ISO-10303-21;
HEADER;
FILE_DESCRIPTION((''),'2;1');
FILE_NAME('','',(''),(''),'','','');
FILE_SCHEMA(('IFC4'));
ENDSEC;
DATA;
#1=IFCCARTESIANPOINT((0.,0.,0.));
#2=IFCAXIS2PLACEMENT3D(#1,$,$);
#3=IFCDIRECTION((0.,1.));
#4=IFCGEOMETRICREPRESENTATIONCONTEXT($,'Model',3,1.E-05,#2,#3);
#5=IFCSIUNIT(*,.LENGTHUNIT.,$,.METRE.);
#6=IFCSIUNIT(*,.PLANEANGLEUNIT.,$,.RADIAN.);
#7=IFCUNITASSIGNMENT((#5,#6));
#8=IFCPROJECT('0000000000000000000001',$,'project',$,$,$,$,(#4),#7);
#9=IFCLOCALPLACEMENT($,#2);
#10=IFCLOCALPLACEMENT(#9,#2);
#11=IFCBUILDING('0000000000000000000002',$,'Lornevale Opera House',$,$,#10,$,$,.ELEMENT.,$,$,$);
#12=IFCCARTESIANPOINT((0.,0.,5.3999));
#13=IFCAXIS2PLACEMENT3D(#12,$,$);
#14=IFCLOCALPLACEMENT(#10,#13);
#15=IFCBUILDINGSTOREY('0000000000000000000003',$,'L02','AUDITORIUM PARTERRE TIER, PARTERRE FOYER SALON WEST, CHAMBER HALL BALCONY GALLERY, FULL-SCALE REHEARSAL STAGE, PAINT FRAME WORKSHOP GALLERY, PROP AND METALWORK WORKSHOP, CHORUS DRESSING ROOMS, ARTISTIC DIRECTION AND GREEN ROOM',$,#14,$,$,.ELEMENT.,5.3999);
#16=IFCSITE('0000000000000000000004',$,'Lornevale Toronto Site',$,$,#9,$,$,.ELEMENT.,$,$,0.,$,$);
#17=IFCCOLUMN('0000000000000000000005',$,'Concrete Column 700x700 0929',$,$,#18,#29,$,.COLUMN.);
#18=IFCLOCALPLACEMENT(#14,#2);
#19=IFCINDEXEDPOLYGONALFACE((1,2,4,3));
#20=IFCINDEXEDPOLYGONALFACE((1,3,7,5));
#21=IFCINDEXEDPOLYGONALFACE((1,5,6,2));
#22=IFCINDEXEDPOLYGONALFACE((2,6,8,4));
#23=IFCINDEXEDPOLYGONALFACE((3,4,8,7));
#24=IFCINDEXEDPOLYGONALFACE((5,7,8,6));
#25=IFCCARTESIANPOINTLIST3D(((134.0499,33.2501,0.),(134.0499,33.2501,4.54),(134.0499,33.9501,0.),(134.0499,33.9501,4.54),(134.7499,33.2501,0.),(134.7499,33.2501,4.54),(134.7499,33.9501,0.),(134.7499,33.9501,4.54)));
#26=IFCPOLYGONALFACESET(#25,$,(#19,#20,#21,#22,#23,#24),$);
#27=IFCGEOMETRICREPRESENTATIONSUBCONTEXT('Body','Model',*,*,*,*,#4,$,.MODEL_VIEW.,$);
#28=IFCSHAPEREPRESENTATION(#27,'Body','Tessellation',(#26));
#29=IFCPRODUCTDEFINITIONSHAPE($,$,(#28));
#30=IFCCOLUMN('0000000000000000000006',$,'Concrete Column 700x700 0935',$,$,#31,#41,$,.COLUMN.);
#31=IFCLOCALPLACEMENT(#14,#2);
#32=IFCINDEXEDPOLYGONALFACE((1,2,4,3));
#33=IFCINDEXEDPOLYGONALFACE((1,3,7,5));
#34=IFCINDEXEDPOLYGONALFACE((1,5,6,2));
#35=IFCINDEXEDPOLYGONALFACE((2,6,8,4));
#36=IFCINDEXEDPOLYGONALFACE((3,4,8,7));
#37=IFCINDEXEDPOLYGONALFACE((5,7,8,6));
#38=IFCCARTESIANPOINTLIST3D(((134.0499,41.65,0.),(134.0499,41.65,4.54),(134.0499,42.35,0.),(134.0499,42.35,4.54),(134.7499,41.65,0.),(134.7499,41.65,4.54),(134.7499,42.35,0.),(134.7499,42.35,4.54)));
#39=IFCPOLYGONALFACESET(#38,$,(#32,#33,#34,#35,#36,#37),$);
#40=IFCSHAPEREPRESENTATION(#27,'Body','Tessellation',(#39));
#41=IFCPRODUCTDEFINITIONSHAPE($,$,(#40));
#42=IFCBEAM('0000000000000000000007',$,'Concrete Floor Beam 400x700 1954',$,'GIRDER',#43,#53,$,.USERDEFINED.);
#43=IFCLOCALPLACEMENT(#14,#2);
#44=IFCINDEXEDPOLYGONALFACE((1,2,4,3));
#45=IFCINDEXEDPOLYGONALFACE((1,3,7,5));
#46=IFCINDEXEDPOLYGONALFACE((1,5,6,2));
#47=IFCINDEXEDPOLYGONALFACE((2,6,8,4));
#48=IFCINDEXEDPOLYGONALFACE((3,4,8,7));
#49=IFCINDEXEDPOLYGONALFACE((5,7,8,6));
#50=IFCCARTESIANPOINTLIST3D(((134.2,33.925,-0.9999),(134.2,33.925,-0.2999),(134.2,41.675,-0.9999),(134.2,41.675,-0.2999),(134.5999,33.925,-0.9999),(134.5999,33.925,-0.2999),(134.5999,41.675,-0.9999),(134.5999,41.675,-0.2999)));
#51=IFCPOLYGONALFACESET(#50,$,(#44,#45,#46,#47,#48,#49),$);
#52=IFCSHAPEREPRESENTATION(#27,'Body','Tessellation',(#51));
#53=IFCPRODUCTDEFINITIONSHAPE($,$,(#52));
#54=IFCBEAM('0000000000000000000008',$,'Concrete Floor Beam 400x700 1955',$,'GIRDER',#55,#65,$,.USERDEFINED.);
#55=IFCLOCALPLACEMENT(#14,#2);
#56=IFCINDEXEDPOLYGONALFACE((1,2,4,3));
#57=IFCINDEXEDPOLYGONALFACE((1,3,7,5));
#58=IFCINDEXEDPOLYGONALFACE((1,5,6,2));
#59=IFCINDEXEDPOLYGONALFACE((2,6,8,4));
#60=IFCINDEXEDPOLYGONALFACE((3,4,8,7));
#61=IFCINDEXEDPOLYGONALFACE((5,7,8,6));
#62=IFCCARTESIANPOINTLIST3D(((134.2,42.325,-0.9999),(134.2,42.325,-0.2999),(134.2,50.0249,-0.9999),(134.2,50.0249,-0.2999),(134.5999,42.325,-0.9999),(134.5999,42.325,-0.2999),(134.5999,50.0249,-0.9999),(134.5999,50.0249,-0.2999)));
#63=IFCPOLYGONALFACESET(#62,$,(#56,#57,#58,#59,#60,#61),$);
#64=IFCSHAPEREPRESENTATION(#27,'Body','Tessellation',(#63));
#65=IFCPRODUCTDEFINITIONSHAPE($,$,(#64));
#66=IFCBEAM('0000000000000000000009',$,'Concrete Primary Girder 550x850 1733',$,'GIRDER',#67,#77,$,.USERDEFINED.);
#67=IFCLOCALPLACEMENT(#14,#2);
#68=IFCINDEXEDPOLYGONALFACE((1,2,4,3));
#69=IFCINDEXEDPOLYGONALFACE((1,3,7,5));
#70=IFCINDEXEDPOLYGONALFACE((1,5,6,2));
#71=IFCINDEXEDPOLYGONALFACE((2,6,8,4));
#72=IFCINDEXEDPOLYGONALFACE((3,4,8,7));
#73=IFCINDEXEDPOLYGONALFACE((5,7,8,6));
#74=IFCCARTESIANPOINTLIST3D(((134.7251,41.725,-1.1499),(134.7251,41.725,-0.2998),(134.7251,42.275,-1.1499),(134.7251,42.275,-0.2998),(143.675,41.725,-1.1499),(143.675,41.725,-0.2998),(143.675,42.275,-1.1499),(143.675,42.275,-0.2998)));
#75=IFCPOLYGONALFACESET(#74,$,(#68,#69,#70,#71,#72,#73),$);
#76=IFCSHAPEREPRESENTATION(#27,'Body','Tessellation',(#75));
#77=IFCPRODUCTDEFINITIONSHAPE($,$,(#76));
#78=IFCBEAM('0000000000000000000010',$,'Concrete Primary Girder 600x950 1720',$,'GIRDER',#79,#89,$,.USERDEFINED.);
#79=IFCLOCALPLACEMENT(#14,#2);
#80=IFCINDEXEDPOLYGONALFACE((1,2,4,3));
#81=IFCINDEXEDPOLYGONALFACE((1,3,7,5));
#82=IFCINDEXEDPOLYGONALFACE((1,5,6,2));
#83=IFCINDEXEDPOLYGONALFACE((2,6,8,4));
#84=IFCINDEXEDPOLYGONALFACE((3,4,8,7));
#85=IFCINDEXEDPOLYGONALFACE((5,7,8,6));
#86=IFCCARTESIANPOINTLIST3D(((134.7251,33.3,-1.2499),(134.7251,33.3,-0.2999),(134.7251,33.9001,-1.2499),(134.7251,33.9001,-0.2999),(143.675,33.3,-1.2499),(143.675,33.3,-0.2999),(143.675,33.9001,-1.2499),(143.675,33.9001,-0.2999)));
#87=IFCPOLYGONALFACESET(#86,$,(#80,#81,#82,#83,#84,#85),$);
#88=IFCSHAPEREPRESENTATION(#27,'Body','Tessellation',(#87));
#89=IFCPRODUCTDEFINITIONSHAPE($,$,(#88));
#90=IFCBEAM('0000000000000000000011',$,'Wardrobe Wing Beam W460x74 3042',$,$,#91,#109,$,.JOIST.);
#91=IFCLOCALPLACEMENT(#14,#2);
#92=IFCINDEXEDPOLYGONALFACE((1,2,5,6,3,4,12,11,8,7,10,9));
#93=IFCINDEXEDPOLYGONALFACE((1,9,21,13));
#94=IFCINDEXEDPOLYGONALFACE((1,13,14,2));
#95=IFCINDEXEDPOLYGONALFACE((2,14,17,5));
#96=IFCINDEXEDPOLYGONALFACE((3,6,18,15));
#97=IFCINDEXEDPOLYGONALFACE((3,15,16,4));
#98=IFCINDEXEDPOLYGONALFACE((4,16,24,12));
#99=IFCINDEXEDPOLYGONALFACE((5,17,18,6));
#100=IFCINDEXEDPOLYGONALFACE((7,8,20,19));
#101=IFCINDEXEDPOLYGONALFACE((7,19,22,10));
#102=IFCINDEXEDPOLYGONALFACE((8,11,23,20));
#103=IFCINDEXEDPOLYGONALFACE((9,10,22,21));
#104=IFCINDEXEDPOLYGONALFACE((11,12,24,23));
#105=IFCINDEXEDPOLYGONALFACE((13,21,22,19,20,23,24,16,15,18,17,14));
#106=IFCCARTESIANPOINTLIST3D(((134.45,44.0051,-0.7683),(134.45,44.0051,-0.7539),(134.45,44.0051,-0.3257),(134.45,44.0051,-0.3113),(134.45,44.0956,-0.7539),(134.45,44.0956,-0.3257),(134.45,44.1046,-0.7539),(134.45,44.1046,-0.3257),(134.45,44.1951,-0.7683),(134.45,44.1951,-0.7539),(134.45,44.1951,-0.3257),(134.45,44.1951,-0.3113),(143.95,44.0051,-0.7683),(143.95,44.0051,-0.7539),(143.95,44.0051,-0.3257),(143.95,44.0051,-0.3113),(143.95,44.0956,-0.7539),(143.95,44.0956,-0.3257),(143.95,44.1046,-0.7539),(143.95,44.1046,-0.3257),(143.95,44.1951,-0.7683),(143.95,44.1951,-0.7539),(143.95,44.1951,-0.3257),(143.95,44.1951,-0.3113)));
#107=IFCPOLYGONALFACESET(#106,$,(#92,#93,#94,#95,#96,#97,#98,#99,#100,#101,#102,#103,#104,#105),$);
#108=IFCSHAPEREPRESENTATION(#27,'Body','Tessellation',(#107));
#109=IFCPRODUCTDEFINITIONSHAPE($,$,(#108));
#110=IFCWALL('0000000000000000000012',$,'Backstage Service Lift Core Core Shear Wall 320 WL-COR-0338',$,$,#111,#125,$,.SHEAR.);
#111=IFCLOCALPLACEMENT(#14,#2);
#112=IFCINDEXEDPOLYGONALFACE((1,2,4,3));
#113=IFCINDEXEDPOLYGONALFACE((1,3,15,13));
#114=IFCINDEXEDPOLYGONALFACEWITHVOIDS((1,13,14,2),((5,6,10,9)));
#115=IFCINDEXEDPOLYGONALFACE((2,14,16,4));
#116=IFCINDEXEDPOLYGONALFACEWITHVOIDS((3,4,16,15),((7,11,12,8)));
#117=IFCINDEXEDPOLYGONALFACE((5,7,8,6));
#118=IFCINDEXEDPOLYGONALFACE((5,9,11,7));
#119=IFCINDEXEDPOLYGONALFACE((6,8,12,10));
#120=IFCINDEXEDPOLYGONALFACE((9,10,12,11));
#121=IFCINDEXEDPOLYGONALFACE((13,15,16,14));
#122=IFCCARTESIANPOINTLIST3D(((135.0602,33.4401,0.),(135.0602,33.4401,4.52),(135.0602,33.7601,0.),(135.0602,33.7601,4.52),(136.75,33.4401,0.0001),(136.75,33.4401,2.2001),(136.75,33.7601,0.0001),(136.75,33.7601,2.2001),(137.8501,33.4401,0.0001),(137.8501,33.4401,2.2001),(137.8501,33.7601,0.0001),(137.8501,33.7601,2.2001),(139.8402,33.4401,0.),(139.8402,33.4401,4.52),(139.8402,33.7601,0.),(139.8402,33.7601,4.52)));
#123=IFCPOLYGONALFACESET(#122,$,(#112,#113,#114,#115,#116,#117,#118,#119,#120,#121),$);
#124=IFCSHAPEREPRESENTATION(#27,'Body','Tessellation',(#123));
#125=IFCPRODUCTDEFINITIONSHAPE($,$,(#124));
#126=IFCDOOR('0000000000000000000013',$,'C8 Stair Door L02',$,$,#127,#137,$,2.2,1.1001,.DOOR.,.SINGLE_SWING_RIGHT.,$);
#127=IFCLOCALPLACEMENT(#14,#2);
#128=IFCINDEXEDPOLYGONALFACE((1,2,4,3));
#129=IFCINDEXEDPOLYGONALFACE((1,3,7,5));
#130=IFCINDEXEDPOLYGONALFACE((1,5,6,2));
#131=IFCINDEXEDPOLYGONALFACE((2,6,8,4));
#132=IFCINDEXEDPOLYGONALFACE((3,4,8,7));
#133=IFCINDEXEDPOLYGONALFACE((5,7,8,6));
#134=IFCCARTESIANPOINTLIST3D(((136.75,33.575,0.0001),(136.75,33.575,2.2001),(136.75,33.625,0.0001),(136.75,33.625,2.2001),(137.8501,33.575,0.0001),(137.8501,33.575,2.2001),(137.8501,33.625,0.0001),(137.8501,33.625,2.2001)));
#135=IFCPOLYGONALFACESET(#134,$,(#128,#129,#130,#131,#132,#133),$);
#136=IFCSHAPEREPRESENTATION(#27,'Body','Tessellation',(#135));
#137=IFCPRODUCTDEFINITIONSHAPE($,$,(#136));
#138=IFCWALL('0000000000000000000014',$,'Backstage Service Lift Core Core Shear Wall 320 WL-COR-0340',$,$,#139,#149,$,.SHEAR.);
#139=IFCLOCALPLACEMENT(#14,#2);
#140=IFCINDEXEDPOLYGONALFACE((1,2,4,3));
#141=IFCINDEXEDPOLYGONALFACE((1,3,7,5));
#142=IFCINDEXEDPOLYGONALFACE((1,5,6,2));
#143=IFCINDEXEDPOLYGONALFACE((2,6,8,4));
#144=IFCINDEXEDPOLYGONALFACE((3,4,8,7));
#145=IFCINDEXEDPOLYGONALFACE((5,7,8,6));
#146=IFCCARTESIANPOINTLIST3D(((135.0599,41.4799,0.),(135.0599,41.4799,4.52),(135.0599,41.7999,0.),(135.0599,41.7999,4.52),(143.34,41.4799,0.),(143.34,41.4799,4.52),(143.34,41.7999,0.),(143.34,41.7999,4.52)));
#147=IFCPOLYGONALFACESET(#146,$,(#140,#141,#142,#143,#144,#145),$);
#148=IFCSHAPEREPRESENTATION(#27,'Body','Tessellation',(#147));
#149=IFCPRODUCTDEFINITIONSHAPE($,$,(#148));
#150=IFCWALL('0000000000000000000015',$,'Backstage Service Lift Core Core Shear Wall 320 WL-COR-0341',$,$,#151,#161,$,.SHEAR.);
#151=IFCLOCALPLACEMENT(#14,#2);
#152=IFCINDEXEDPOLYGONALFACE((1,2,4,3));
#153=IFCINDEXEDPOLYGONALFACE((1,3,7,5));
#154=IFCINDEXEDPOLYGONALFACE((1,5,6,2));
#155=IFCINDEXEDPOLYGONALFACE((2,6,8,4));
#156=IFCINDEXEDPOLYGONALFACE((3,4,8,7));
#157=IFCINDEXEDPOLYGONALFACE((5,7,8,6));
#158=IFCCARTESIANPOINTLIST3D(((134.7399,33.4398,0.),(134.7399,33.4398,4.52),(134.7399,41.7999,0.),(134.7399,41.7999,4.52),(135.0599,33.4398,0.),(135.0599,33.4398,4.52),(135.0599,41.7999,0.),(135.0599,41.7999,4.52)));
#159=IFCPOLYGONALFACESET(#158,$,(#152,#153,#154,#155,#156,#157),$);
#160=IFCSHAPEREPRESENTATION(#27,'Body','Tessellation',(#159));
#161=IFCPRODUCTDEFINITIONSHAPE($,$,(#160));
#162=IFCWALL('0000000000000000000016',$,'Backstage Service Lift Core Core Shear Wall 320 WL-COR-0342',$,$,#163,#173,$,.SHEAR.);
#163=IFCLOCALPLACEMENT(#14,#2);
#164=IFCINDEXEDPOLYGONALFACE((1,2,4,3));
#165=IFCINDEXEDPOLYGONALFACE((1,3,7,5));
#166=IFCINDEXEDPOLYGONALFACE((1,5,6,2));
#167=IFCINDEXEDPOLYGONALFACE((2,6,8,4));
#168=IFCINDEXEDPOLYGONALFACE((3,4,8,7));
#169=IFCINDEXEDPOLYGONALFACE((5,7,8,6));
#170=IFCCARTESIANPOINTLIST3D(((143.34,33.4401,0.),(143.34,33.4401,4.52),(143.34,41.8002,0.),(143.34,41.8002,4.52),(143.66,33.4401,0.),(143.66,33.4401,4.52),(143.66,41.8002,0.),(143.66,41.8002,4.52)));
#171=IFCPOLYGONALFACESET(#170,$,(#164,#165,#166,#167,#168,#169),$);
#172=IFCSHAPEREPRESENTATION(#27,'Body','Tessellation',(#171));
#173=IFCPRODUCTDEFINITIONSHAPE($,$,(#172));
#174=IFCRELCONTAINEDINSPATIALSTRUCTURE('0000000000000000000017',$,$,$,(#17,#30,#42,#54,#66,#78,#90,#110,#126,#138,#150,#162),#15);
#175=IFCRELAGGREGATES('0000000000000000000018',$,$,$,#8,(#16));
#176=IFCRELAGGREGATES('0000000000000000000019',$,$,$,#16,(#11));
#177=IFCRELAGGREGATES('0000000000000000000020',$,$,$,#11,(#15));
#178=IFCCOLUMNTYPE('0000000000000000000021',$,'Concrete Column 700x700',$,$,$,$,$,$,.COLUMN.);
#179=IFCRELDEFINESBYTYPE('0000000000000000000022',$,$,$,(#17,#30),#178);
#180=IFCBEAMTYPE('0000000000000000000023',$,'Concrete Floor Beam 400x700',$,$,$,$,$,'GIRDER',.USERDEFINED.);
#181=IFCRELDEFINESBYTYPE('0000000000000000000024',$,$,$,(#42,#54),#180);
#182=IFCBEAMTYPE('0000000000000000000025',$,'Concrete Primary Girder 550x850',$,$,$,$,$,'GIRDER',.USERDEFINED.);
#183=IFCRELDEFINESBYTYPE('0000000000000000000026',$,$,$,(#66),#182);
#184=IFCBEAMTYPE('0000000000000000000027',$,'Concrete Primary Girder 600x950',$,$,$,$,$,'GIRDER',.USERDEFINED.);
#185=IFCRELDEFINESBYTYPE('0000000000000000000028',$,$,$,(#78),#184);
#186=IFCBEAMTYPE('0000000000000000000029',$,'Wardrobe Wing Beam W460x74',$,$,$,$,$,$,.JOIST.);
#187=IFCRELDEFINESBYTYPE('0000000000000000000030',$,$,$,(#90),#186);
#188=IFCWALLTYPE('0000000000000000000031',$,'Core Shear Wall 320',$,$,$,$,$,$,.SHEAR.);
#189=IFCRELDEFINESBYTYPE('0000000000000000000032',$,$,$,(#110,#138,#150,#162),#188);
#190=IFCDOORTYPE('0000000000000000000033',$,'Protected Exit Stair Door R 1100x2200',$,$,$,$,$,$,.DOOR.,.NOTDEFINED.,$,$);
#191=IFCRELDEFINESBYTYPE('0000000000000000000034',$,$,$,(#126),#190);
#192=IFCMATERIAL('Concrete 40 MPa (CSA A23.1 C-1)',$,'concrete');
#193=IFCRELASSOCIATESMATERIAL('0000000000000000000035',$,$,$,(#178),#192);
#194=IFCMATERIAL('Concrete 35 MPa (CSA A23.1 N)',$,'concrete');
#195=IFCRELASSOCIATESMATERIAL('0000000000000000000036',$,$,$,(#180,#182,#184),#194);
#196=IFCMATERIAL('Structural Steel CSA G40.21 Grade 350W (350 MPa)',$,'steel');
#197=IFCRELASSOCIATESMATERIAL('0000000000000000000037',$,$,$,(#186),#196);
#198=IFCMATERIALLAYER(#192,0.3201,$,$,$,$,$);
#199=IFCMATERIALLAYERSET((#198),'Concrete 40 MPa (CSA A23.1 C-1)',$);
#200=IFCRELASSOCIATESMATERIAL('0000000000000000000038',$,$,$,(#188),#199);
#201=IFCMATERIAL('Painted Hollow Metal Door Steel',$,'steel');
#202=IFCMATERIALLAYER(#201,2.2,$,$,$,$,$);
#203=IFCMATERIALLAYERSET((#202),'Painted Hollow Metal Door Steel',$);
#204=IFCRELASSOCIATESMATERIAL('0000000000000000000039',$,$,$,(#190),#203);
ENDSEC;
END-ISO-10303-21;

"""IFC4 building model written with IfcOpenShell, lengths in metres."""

from ifc_helpers import new_model, si_unit, direction, frame, frame_2d, origin, origin_2d, place, context, subcontext, project, spatial, rectangle, i_section, extrude, material, layer, layer_set, material_profile, profile_set, type_object, element, fill, save


model = new_model("IFC4")

# Units and contexts
model_context = context("Model", 3, precision=1e-05, world=origin(), true_north=direction((0.0, 1.0)))
body_context = subcontext(model_context, "Body", "Model", "MODEL_VIEW")
ifc_project = project(units=[si_unit("LENGTHUNIT", "METRE"), si_unit("PLANEANGLEUNIT", "RADIAN")], contexts=[model_context])

# Site, building, storey
site_placement = place(None, origin())
site = spatial("IfcSite", under=ifc_project, at=site_placement, Name="Lornevale Toronto Site", CompositionType="ELEMENT", RefElevation=0.0)
building_placement = place(site_placement, origin())
building = spatial("IfcBuilding", under=site, at=building_placement, Name="Lornevale Opera House", CompositionType="ELEMENT")
storey_placement = place(building_placement, frame((0.0, 0.0, 5.3999)))
storey = spatial("IfcBuildingStorey", under=building, at=storey_placement, Name="L02", Description="AUDITORIUM PARTERRE TIER, PARTERRE FOYER SALON WEST, CHAMBER HALL BALCONY GALLERY, FULL-SCALE REHEARSAL STAGE, PAINT FRAME WORKSHOP GALLERY, PROP AND METALWORK WORKSHOP, CHORUS DRESSING ROOMS, ARTISTIC DIRECTION AND GREEN ROOM", CompositionType="ELEMENT", Elevation=5.3999)

# Columns
ifc_material_1 = material(Name="Concrete 40 MPa (CSA A23.1 C-1)", Category="concrete")
ifc_material_profile_1 = material_profile(ifc_material_1, rectangle(XDim=0.7, YDim=0.7, at=origin_2d()), Name="RC700x700")
ifc_profile_set_1 = profile_set([ifc_material_profile_1], Name="Concrete 40 MPa (CSA A23.1 C-1)")
column_type = type_object("IfcColumnType", Name="Concrete Column 700x700", PredefinedType="COLUMN", material=ifc_profile_set_1)
for number, where, z_axis, x_axis, name in (
    (1, (134.3999, 33.6001, 0.0), (0.0, 0.0, 1.0), (1.0, 0.0, 0.0), "Concrete Column 700x700 0929"),
    (2, (134.3999, 42.0, 0.0), (0.0, 0.0, 1.0), (1.0, 0.0, 0.0), "Concrete Column 700x700 0935"),
):
    element("IfcColumn", number, at=place(storey_placement, frame(where, z_axis=z_axis, x_axis=x_axis)), inside=storey, type_object=column_type, Name=name, PredefinedType="COLUMN", context=body_context, shape_type="SweptSolid", body=[
        extrude(rectangle(XDim=0.7, YDim=0.7, at=origin_2d()), origin(), (0.0, 0.0, 1.0), 4.54),
    ])

# Beams
ifc_material_2 = material(Name="Concrete 35 MPa (CSA A23.1 N)", Category="concrete")
ifc_material_profile_2 = material_profile(ifc_material_2, rectangle(XDim=0.3999, YDim=0.7, at=origin_2d()), Name="RC400x700")
ifc_profile_set_2 = profile_set([ifc_material_profile_2], Name="Concrete 35 MPa (CSA A23.1 N)")
beam_type_1 = type_object("IfcBeamType", Name="Concrete Floor Beam 400x700", ElementType="GIRDER", PredefinedType="USERDEFINED", material=ifc_profile_set_2)
beam_1_placement = place(storey_placement, frame((134.3999, 33.925, -0.6499), z_axis=(0.0, 1.0, 0.0), x_axis=(-1.0, 0.0, 0.0)))
element("IfcBeam", 3, at=beam_1_placement, inside=storey, type_object=beam_type_1, Name="Concrete Floor Beam 400x700 1954", ObjectType="GIRDER", PredefinedType="USERDEFINED", context=body_context, shape_type="SweptSolid", body=[
    extrude(rectangle(XDim=0.3999, YDim=0.7, at=origin_2d()), origin(), (0.0, 0.0, 1.0), 7.75),
])
beam_2_placement = place(storey_placement, frame((134.3999, 42.325, -0.6499), z_axis=(0.0, 1.0, 0.0), x_axis=(-1.0, 0.0, 0.0)))
element("IfcBeam", 4, at=beam_2_placement, inside=storey, type_object=beam_type_1, Name="Concrete Floor Beam 400x700 1955", ObjectType="GIRDER", PredefinedType="USERDEFINED", context=body_context, shape_type="SweptSolid", body=[
    extrude(rectangle(XDim=0.3999, YDim=0.7, at=origin_2d()), origin(), (0.0, 0.0, 1.0), 7.7),
])
ifc_material_profile_3 = material_profile(ifc_material_2, rectangle(XDim=0.55, YDim=0.8501, at=origin_2d()), Name="RC550x850")
ifc_profile_set_3 = profile_set([ifc_material_profile_3], Name="Concrete 35 MPa (CSA A23.1 N)")
beam_type_2 = type_object("IfcBeamType", Name="Concrete Primary Girder 550x850", ElementType="GIRDER", PredefinedType="USERDEFINED", material=ifc_profile_set_3)
beam_3_placement = place(storey_placement, frame((134.7251, 42.0, -0.7249), z_axis=(1.0, 0.0, 0.0), x_axis=(0.0, 1.0, 0.0)))
element("IfcBeam", 5, at=beam_3_placement, inside=storey, type_object=beam_type_2, Name="Concrete Primary Girder 550x850 1733", ObjectType="GIRDER", PredefinedType="USERDEFINED", context=body_context, shape_type="SweptSolid", body=[
    extrude(rectangle(XDim=0.55, YDim=0.8501, at=origin_2d()), origin(), (0.0, 0.0, 1.0), 8.95),
])
ifc_material_profile_4 = material_profile(ifc_material_2, rectangle(XDim=0.6001, YDim=0.95, at=origin_2d()), Name="RC600x950")
ifc_profile_set_4 = profile_set([ifc_material_profile_4], Name="Concrete 35 MPa (CSA A23.1 N)")
beam_type_3 = type_object("IfcBeamType", Name="Concrete Primary Girder 600x950", ElementType="GIRDER", PredefinedType="USERDEFINED", material=ifc_profile_set_4)
beam_4_placement = place(storey_placement, frame((134.7251, 33.6001, -0.7749), z_axis=(1.0, 0.0, 0.0), x_axis=(0.0, 1.0, 0.0)))
element("IfcBeam", 6, at=beam_4_placement, inside=storey, type_object=beam_type_3, Name="Concrete Primary Girder 600x950 1720", ObjectType="GIRDER", PredefinedType="USERDEFINED", context=body_context, shape_type="SweptSolid", body=[
    extrude(rectangle(XDim=0.6001, YDim=0.95, at=origin_2d()), origin(), (0.0, 0.0, 1.0), 8.95),
])
ifc_material_3 = material(Name="Structural Steel CSA G40.21 Grade 350W (350 MPa)", Category="steel")
ifc_material_profile_5 = material_profile(ifc_material_3, i_section(OverallWidth=0.1899, OverallDepth=0.457, WebThickness=0.009, FlangeThickness=0.0144, at=origin_2d()), Name="W460x74")
ifc_profile_set_5 = profile_set([ifc_material_profile_5], Name="Structural Steel CSA G40.21 Grade 350W (350 MPa)")
beam_type_4 = type_object("IfcBeamType", Name="Wardrobe Wing Beam W460x74", PredefinedType="JOIST", material=ifc_profile_set_5)
beam_5_placement = place(storey_placement, frame((134.45, 44.1001, -0.5398), z_axis=(1.0, 0.0, 0.0), x_axis=(0.0, 1.0, 0.0)))
element("IfcBeam", 7, at=beam_5_placement, inside=storey, type_object=beam_type_4, Name="Wardrobe Wing Beam W460x74 3042", PredefinedType="JOIST", context=body_context, shape_type="SweptSolid", body=[
    extrude(i_section(OverallWidth=0.1899, OverallDepth=0.457, WebThickness=0.009, FlangeThickness=0.0144, at=origin_2d()), origin(), (0.0, 0.0, 1.0), 9.5),
])

# Wall, opening, door
ifc_layer_1 = layer(ifc_material_1, 0.3201)
ifc_layer_set_1 = layer_set([ifc_layer_1], Name="Concrete 40 MPa (CSA A23.1 C-1)")
wall_type_1 = type_object("IfcWallType", Name="Core Shear Wall 320", PredefinedType="SHEAR", material=ifc_layer_set_1)
wall_1_placement = place(storey_placement, frame((135.0601, 33.6001, 0.0), z_axis=(0.0, 0.0, 1.0), x_axis=(1.0, 0.0, 0.0)))
wall_1 = element("IfcWall", 8, at=wall_1_placement, inside=storey, type_object=wall_type_1, Name="Backstage Service Lift Core Core Shear Wall 320 WL-COR-0338", PredefinedType="SHEAR", context=body_context, shape_type="SweptSolid", body=[
    extrude(rectangle(XDim=4.78, YDim=0.3201, at=frame_2d((2.3901, 0.0))), origin(), (0.0, 0.0, 1.0), 4.52),
])
opening_1_placement = place(wall_1_placement, frame((1.6899, 0.0, 0.0)))
opening_1 = element("IfcOpeningElement", 9, at=opening_1_placement, cuts=wall_1, PredefinedType="OPENING", context=body_context, shape_type="SweptSolid", body=[
    extrude(rectangle(XDim=1.1001, YDim=2.2, at=frame_2d((0.55, 1.1001))), frame((0.0, 0.1699, 0.0), z_axis=(0.0, -1.0, 0.0), x_axis=(1.0, 0.0, 0.0)), (0.0, 0.0, 1.0), 0.3401),
])
ifc_material_4 = material(Name="Painted Hollow Metal Door Steel", Category="steel")
ifc_layer_2 = layer(ifc_material_4, 2.2)
ifc_layer_set_2 = layer_set([ifc_layer_2], Name="Painted Hollow Metal Door Steel")
door_type_1 = type_object("IfcDoorType", Name="Protected Exit Stair Door R 1100x2200", OperationType="NOTDEFINED", PredefinedType="DOOR", material=ifc_layer_set_2)
door_1_placement = place(opening_1_placement, origin())
door_1 = element("IfcDoor", 10, at=door_1_placement, inside=storey, type_object=door_type_1, Name="C8 Stair Door L02", OperationType="SINGLE_SWING_RIGHT", OverallHeight=2.2, OverallWidth=1.1001, PredefinedType="DOOR", context=body_context, shape_type="SweptSolid", body=[
    extrude(rectangle(XDim=1.1001, YDim=2.2, at=frame_2d((0.55, 1.1001))), frame((0.0, 0.0249, 0.0), z_axis=(0.0, -1.0, 0.0), x_axis=(1.0, 0.0, 0.0)), (0.0, 0.0, 1.0), 0.05),
])
fill(opening_1, door_1)

# Walls
wall_2_placement = place(storey_placement, frame((143.3401, 41.6399, 0.0), z_axis=(0.0, 0.0, 1.0), x_axis=(-1.0, 0.0, 0.0)))
element("IfcWall", 11, at=wall_2_placement, inside=storey, type_object=wall_type_1, Name="Backstage Service Lift Core Core Shear Wall 320 WL-COR-0340", PredefinedType="SHEAR", context=body_context, shape_type="SweptSolid", body=[
    extrude(rectangle(XDim=8.28, YDim=0.3201, at=frame_2d((4.1401, 0.0))), origin(), (0.0, 0.0, 1.0), 4.52),
])
for number, where, z_axis, x_axis, name in (
    (12, (134.8999, 41.8, 0.0), (0.0, 0.0, 1.0), (0.0, -1.0, 0.0), "Backstage Service Lift Core Core Shear Wall 320 WL-COR-0341"),
    (13, (143.5, 33.4399, 0.0), (0.0, 0.0, 1.0), (0.0, 1.0, 0.0), "Backstage Service Lift Core Core Shear Wall 320 WL-COR-0342"),
):
    element("IfcWall", number, at=place(storey_placement, frame(where, z_axis=z_axis, x_axis=x_axis)), inside=storey, type_object=wall_type_1, Name=name, PredefinedType="SHEAR", context=body_context, shape_type="SweptSolid", body=[
        extrude(rectangle(XDim=8.3601, YDim=0.3201, at=frame_2d((4.1802, 0.0))), origin(), (0.0, 0.0, 1.0), 4.52),
    ])

save(model, "model.ifc")
